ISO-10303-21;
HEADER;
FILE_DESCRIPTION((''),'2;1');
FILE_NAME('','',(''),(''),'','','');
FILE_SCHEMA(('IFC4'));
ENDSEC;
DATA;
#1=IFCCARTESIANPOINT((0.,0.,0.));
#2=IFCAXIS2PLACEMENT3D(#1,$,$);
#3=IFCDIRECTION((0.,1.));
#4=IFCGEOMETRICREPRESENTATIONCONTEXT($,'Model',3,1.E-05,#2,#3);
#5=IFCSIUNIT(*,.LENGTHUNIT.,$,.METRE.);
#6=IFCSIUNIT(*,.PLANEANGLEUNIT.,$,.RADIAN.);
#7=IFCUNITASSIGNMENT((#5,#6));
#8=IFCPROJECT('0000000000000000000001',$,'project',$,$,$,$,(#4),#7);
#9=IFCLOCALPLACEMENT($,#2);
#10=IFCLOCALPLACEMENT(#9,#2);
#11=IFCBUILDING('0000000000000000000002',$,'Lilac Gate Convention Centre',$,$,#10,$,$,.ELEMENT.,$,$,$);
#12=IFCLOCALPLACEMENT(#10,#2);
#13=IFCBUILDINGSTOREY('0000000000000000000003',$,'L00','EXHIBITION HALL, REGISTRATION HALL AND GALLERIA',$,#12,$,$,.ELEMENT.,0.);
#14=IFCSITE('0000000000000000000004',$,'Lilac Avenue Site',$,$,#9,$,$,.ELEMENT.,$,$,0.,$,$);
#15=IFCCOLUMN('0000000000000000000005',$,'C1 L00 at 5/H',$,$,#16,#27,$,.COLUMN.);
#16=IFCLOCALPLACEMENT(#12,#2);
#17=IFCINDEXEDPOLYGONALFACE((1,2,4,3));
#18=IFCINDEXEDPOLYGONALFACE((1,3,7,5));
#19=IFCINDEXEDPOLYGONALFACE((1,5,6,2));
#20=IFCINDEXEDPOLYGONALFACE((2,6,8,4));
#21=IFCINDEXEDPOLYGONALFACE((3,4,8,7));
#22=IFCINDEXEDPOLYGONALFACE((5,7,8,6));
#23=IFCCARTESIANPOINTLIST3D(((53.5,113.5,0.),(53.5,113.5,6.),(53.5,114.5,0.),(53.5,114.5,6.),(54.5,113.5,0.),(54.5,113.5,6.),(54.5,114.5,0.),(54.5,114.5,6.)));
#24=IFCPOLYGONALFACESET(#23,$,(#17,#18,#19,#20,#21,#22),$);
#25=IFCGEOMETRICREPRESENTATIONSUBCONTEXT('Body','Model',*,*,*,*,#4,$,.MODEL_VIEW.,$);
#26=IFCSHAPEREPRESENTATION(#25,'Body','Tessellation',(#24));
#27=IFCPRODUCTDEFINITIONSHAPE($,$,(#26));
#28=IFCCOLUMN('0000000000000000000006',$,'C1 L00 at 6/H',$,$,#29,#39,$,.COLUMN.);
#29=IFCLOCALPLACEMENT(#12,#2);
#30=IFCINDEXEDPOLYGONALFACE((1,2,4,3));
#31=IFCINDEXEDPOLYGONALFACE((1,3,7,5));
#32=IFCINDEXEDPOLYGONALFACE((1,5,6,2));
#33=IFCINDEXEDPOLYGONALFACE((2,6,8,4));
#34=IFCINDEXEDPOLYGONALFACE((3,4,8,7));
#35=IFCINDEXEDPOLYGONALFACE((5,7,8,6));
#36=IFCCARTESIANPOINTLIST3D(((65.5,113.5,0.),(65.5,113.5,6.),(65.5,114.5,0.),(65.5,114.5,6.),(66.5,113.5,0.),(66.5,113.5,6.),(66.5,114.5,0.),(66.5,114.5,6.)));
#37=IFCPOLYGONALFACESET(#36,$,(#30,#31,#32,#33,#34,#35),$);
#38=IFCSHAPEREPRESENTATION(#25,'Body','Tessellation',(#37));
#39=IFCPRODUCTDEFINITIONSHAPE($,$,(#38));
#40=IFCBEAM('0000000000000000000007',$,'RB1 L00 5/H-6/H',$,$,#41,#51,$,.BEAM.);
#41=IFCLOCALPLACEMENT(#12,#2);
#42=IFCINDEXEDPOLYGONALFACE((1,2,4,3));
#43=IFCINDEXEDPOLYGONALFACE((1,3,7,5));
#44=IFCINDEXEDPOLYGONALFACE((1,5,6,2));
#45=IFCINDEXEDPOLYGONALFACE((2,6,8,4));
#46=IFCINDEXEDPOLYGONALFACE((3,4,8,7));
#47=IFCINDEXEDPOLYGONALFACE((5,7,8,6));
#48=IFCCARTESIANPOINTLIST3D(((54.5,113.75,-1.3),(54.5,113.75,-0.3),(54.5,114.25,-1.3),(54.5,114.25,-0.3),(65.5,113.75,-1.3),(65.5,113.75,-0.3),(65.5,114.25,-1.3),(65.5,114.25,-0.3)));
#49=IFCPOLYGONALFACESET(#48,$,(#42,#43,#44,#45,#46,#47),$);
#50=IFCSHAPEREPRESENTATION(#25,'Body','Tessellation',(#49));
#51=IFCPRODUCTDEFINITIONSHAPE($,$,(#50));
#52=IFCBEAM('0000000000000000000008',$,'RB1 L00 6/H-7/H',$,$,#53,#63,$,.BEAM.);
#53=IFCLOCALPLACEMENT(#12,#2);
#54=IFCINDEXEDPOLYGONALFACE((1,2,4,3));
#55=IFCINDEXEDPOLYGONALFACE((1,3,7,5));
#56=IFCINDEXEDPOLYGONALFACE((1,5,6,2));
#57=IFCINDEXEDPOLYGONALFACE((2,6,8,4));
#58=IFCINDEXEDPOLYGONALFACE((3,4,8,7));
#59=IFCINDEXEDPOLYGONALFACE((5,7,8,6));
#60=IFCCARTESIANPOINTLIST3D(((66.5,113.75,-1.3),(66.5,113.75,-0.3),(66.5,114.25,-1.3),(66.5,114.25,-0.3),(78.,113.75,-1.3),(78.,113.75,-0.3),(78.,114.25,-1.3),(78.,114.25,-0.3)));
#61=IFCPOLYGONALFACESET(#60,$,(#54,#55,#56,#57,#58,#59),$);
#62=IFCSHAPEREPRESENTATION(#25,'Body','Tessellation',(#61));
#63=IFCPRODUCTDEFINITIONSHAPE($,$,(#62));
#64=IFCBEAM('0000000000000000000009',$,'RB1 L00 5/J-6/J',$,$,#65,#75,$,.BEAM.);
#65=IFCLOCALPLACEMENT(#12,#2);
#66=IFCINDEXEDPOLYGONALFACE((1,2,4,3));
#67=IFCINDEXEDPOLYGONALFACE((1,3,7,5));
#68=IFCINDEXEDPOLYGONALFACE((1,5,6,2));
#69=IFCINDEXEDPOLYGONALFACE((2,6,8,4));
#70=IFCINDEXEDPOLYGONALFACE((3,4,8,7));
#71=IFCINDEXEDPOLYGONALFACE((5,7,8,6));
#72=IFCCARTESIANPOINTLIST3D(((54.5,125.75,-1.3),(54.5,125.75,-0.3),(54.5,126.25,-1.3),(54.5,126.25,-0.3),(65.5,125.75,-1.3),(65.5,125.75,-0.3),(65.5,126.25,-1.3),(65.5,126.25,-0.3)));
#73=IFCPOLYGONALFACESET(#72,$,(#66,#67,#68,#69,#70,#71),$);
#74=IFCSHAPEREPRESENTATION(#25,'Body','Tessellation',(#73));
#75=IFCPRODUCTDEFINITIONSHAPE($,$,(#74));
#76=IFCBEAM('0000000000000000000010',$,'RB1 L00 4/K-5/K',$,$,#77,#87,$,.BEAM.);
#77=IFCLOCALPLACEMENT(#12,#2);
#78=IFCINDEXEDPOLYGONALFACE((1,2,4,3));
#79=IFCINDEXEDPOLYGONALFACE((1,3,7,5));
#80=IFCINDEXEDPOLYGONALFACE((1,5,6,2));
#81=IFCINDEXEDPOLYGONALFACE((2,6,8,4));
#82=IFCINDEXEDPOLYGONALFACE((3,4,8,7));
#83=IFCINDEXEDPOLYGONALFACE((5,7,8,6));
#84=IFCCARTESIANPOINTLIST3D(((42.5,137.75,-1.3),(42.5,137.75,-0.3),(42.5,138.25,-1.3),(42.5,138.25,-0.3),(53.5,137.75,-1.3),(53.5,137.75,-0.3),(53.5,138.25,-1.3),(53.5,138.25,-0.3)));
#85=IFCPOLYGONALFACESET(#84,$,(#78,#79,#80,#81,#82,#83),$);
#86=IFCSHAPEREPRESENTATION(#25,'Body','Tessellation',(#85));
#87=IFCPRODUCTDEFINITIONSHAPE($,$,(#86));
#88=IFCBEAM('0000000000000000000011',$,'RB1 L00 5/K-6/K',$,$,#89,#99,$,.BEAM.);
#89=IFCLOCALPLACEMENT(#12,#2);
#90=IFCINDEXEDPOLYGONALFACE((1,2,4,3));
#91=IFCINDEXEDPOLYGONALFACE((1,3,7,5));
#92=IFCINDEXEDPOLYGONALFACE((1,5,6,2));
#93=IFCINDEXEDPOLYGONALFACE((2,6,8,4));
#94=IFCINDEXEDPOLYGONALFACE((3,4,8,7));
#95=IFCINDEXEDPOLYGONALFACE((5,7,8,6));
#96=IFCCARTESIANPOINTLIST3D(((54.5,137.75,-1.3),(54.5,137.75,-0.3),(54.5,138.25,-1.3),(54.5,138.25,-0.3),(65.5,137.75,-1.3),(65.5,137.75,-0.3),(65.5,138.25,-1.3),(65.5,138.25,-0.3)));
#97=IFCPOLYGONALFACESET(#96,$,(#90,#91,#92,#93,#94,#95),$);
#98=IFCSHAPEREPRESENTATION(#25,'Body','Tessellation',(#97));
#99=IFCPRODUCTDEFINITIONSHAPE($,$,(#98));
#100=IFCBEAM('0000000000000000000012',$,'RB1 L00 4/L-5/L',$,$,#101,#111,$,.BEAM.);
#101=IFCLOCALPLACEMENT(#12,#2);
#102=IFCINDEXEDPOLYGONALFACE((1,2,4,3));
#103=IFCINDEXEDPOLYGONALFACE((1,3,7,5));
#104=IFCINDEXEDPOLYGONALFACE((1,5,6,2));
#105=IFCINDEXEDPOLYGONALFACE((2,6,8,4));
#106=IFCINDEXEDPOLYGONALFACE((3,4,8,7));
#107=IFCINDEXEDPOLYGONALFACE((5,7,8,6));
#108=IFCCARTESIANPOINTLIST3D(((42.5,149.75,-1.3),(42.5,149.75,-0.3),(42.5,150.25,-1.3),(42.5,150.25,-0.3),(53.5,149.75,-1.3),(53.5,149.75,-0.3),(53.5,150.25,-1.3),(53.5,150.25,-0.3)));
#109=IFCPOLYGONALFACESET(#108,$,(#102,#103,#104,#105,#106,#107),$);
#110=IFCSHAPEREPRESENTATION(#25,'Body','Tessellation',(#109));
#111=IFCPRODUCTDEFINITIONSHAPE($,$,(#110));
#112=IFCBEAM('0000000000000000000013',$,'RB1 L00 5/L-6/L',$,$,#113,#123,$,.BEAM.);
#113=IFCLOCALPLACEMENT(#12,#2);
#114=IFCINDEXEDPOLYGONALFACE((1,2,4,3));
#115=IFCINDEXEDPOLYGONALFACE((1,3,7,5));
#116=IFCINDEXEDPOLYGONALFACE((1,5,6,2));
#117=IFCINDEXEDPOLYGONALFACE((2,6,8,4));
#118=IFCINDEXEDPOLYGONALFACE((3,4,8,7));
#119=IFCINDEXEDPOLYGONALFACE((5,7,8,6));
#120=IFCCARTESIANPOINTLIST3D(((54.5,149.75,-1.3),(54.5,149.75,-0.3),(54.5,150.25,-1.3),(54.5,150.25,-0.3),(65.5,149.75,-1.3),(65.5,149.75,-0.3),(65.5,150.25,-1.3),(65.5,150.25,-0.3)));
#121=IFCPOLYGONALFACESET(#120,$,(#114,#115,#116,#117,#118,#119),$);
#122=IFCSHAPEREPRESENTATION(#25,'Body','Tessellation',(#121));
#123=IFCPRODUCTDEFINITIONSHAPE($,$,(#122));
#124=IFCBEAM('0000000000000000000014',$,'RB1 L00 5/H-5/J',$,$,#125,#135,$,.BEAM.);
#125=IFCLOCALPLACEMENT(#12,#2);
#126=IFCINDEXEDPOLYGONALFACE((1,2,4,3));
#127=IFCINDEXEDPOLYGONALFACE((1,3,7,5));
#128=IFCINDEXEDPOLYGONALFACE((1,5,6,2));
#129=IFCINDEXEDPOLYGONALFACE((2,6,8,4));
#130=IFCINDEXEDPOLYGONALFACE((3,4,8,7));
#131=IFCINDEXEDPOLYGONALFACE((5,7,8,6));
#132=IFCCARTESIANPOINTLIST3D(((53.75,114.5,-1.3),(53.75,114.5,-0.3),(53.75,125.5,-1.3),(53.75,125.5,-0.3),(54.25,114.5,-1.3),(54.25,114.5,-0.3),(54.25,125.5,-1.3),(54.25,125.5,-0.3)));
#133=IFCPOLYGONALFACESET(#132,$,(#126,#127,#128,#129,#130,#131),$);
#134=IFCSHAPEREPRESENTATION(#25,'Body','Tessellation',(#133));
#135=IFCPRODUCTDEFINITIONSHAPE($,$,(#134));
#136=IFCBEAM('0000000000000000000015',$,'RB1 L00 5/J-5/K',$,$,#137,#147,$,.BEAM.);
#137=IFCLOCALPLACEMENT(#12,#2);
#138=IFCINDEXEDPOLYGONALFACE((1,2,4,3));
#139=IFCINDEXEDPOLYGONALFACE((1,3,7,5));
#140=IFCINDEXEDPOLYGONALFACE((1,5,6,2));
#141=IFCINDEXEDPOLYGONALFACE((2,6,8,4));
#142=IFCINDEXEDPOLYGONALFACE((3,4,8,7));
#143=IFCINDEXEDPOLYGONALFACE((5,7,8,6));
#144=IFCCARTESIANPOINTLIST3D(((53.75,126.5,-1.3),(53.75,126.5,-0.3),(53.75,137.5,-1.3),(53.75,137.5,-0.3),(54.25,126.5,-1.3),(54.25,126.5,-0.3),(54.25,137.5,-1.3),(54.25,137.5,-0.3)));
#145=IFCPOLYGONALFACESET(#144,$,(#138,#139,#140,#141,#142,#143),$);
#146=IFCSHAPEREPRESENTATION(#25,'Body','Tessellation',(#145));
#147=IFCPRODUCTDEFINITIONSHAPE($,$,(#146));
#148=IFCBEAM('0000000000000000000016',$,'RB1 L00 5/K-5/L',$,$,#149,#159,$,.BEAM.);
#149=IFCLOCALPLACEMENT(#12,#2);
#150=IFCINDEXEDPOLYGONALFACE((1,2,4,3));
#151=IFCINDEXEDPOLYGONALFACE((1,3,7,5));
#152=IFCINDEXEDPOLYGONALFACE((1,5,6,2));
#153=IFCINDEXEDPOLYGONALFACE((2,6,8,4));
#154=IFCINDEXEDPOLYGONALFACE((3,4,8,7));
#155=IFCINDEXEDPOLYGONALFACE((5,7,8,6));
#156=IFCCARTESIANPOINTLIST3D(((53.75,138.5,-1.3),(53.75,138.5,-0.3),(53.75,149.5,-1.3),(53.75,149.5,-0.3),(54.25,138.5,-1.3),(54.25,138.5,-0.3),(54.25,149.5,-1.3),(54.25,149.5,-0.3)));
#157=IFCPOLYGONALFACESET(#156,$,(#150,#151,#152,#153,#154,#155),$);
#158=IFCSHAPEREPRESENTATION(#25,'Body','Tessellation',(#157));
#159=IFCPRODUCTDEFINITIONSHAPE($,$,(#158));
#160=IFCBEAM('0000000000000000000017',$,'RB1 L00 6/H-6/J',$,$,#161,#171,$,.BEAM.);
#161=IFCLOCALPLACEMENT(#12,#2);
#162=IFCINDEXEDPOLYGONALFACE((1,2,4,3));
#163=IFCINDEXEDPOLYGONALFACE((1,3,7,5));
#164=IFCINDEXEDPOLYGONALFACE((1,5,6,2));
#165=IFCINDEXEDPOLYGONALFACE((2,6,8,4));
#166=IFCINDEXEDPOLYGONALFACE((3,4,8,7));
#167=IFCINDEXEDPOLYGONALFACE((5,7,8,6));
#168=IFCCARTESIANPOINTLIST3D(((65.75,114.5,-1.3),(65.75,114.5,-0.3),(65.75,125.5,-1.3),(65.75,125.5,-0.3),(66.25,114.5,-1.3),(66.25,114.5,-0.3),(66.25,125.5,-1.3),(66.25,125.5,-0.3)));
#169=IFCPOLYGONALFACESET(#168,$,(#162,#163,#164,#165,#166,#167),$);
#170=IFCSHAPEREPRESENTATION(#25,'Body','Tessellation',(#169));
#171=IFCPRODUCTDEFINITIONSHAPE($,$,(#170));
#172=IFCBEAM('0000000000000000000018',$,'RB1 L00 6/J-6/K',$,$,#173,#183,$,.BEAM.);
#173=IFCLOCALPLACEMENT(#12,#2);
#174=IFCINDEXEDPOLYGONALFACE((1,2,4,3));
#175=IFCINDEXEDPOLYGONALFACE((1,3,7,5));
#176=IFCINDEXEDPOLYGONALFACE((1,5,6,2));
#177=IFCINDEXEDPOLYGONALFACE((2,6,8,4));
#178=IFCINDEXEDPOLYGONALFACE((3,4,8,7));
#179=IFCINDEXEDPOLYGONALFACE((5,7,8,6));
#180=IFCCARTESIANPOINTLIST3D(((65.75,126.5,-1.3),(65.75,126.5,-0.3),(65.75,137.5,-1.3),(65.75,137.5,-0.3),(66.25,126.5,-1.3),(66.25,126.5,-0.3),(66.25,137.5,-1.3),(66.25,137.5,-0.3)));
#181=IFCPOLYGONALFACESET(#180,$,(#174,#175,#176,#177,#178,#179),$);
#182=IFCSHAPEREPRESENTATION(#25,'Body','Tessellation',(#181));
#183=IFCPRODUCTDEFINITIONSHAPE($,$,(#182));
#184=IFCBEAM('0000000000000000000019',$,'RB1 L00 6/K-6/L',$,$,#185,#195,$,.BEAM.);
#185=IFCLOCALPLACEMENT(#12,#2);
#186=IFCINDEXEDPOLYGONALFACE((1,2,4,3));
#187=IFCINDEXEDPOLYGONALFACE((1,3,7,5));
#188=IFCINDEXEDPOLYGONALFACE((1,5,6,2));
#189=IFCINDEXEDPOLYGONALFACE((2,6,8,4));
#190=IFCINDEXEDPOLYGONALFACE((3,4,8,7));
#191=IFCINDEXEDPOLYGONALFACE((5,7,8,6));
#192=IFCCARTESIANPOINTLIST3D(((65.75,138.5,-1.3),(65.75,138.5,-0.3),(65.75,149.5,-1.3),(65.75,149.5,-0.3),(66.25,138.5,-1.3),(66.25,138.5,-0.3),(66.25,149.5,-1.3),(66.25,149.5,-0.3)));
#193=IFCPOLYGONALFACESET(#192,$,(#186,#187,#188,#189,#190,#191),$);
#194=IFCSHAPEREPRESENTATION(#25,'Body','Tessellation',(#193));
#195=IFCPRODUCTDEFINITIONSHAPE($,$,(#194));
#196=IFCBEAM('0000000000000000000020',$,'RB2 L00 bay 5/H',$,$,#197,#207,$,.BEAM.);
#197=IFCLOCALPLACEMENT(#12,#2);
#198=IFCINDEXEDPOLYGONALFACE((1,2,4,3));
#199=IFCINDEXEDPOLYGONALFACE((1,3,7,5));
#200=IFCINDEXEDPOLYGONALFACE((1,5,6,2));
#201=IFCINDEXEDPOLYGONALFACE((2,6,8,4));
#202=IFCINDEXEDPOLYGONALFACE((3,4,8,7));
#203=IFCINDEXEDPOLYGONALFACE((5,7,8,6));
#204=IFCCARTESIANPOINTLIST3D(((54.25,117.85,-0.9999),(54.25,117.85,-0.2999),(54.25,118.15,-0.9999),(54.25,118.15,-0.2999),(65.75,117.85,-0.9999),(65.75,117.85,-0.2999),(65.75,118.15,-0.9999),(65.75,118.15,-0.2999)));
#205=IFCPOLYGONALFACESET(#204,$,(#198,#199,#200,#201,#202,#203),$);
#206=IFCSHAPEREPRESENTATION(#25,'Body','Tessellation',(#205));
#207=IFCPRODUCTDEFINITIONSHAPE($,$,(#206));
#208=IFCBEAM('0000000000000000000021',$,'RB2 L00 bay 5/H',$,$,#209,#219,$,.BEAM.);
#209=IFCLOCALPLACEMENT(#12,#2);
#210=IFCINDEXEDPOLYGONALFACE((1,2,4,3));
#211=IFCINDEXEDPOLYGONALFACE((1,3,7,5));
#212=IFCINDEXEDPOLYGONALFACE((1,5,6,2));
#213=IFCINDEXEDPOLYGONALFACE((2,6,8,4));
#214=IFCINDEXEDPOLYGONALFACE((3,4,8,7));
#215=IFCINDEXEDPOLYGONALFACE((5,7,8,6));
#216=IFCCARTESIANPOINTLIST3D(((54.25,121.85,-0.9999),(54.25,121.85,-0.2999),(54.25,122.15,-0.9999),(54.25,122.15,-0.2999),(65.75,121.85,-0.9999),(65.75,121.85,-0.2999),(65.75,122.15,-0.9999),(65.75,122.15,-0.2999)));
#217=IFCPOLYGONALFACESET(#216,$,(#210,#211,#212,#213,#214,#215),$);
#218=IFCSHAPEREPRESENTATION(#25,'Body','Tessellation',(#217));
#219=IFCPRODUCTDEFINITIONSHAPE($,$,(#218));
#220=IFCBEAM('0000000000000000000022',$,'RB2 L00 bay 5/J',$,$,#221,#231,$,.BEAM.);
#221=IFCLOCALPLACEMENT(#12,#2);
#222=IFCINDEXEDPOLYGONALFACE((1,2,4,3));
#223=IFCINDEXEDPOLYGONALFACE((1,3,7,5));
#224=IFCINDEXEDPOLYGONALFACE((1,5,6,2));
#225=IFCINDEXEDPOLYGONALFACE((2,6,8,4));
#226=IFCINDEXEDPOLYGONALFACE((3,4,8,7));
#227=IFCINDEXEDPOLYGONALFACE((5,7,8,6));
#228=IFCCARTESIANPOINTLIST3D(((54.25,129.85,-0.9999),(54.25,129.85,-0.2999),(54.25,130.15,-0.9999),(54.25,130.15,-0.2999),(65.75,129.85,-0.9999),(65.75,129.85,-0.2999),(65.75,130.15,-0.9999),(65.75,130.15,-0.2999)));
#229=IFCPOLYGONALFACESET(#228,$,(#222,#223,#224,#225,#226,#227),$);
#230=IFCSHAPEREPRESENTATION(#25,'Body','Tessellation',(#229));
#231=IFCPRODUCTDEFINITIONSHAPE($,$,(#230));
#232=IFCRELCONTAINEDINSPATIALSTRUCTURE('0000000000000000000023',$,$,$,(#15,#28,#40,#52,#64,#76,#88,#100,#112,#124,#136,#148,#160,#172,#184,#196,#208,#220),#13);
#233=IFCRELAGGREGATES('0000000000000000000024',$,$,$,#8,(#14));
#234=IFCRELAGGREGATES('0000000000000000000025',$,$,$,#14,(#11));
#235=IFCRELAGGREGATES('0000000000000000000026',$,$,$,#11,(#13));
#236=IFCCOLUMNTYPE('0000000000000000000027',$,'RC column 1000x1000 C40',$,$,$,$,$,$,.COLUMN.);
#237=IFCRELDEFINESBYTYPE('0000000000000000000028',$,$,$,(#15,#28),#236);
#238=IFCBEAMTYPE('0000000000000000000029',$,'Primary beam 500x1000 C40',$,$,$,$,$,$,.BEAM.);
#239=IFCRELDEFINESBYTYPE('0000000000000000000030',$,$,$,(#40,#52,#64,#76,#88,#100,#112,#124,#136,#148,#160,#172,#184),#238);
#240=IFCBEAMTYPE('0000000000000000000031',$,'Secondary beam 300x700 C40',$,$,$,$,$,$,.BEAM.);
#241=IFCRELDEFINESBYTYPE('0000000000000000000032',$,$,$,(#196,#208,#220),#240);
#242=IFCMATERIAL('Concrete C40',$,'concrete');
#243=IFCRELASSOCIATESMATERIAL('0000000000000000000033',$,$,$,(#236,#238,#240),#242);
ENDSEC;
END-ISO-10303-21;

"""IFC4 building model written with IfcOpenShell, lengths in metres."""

from ifc_helpers import new_model, si_unit, direction, frame, origin, origin_2d, place, context, subcontext, project, spatial, rectangle, extrude, material, material_profile, profile_set, type_object, element, save


model = new_model("IFC4")

# Units and contexts
model_context = context("Model", 3, precision=1e-05, world=origin(), true_north=direction((0.0, 1.0)))
body_context = subcontext(model_context, "Body", "Model", "MODEL_VIEW")
ifc_project = project(units=[si_unit("LENGTHUNIT", "METRE"), si_unit("PLANEANGLEUNIT", "RADIAN")], contexts=[model_context])

# Site, building, storey
site_placement = place(None, origin())
site = spatial("IfcSite", under=ifc_project, at=site_placement, Name="Lilac Avenue Site", CompositionType="ELEMENT", RefElevation=0.0)
building_placement = place(site_placement, origin())
building = spatial("IfcBuilding", under=site, at=building_placement, Name="Lilac Gate Convention Centre", CompositionType="ELEMENT")
storey_placement = place(building_placement, origin())
storey = spatial("IfcBuildingStorey", under=building, at=storey_placement, Name="L00", Description="EXHIBITION HALL, REGISTRATION HALL AND GALLERIA", CompositionType="ELEMENT", Elevation=0.0)

# Columns
ifc_material = material(Name="Concrete C40", Category="concrete")
ifc_material_profile_1 = material_profile(ifc_material, rectangle(XDim=1.0, YDim=1.0, at=origin_2d()), Name="RC 1000x1000")
ifc_profile_set_1 = profile_set([ifc_material_profile_1], Name="Concrete C40")
column_type = type_object("IfcColumnType", Name="RC column 1000x1000 C40", PredefinedType="COLUMN", material=ifc_profile_set_1)
for number, where, z_axis, x_axis, name in (
    (1, (54.0, 114.0, 0.0), (0.0, 0.0, 1.0), (1.0, 0.0, 0.0), "C1 L00 at 5/H"),
    (2, (66.0, 114.0, 0.0), (0.0, 0.0, 1.0), (1.0, 0.0, 0.0), "C1 L00 at 6/H"),
):
    element("IfcColumn", number, at=place(storey_placement, frame(where, z_axis=z_axis, x_axis=x_axis)), inside=storey, type_object=column_type, Name=name, PredefinedType="COLUMN", context=body_context, shape_type="SweptSolid", body=[
        extrude(rectangle(XDim=1.0, YDim=1.0, at=origin_2d()), origin(), (0.0, 0.0, 1.0), 6.0),
    ])

# Beams
ifc_material_profile_2 = material_profile(ifc_material, rectangle(XDim=0.5, YDim=1.0, at=origin_2d()), Name="RC 500x1000")
ifc_profile_set_2 = profile_set([ifc_material_profile_2], Name="Concrete C40")
beam_type_1 = type_object("IfcBeamType", Name="Primary beam 500x1000 C40", PredefinedType="BEAM", material=ifc_profile_set_2)
beam_1_placement = place(storey_placement, frame((54.5, 114.0, -0.8), z_axis=(1.0, 0.0, 0.0), x_axis=(0.0, 1.0, 0.0)))
element("IfcBeam", 3, at=beam_1_placement, inside=storey, type_object=beam_type_1, Name="RB1 L00 5/H-6/H", PredefinedType="BEAM", context=body_context, shape_type="SweptSolid", body=[
    extrude(rectangle(XDim=0.5, YDim=1.0, at=origin_2d()), origin(), (0.0, 0.0, 1.0), 11.0),
])
beam_2_placement = place(storey_placement, frame((66.5, 114.0, -0.8), z_axis=(1.0, 0.0, 0.0), x_axis=(0.0, 1.0, 0.0)))
element("IfcBeam", 4, at=beam_2_placement, inside=storey, type_object=beam_type_1, Name="RB1 L00 6/H-7/H", PredefinedType="BEAM", context=body_context, shape_type="SweptSolid", body=[
    extrude(rectangle(XDim=0.5, YDim=1.0, at=origin_2d()), origin(), (0.0, 0.0, 1.0), 11.5),
])
for number, where, z_axis, x_axis, name in (
    (5, (54.5, 126.0, -0.8), (1.0, 0.0, 0.0), (0.0, 1.0, 0.0), "RB1 L00 5/J-6/J"),
    (6, (42.5, 138.0, -0.8), (1.0, 0.0, 0.0), (0.0, 1.0, 0.0), "RB1 L00 4/K-5/K"),
    (7, (54.5, 138.0, -0.8), (1.0, 0.0, 0.0), (0.0, 1.0, 0.0), "RB1 L00 5/K-6/K"),
    (8, (42.5, 150.0, -0.8), (1.0, 0.0, 0.0), (0.0, 1.0, 0.0), "RB1 L00 4/L-5/L"),
    (9, (54.5, 150.0, -0.8), (1.0, 0.0, 0.0), (0.0, 1.0, 0.0), "RB1 L00 5/L-6/L"),
    (10, (54.0, 114.5, -0.8), (0.0, 1.0, 0.0), (-1.0, 0.0, 0.0), "RB1 L00 5/H-5/J"),
    (11, (54.0, 126.5, -0.8), (0.0, 1.0, 0.0), (-1.0, 0.0, 0.0), "RB1 L00 5/J-5/K"),
    (12, (54.0, 138.5, -0.8), (0.0, 1.0, 0.0), (-1.0, 0.0, 0.0), "RB1 L00 5/K-5/L"),
    (13, (66.0, 114.5, -0.8), (0.0, 1.0, 0.0), (-1.0, 0.0, 0.0), "RB1 L00 6/H-6/J"),
    (14, (66.0, 126.5, -0.8), (0.0, 1.0, 0.0), (-1.0, 0.0, 0.0), "RB1 L00 6/J-6/K"),
    (15, (66.0, 138.5, -0.8), (0.0, 1.0, 0.0), (-1.0, 0.0, 0.0), "RB1 L00 6/K-6/L"),
):
    element("IfcBeam", number, at=place(storey_placement, frame(where, z_axis=z_axis, x_axis=x_axis)), inside=storey, type_object=beam_type_1, Name=name, PredefinedType="BEAM", context=body_context, shape_type="SweptSolid", body=[
        extrude(rectangle(XDim=0.5, YDim=1.0, at=origin_2d()), origin(), (0.0, 0.0, 1.0), 11.0),
    ])
ifc_material_profile_3 = material_profile(ifc_material, rectangle(XDim=0.3, YDim=0.7, at=origin_2d()), Name="RC 300x700")
ifc_profile_set_3 = profile_set([ifc_material_profile_3], Name="Concrete C40")
beam_type_2 = type_object("IfcBeamType", Name="Secondary beam 300x700 C40", PredefinedType="BEAM", material=ifc_profile_set_3)
for number, where, z_axis, x_axis, name in (
    (16, (54.25, 118.0, -0.6499), (1.0, 0.0, 0.0), (0.0, 1.0, 0.0), "RB2 L00 bay 5/H"),
    (17, (54.25, 122.0, -0.6499), (1.0, 0.0, 0.0), (0.0, 1.0, 0.0), "RB2 L00 bay 5/H"),
    (18, (54.25, 130.0, -0.6499), (1.0, 0.0, 0.0), (0.0, 1.0, 0.0), "RB2 L00 bay 5/J"),
):
    element("IfcBeam", number, at=place(storey_placement, frame(where, z_axis=z_axis, x_axis=x_axis)), inside=storey, type_object=beam_type_2, Name=name, PredefinedType="BEAM", context=body_context, shape_type="SweptSolid", body=[
        extrude(rectangle(XDim=0.3, YDim=0.7, at=origin_2d()), origin(), (0.0, 0.0, 1.0), 11.5),
    ])

save(model, "model.ifc")
